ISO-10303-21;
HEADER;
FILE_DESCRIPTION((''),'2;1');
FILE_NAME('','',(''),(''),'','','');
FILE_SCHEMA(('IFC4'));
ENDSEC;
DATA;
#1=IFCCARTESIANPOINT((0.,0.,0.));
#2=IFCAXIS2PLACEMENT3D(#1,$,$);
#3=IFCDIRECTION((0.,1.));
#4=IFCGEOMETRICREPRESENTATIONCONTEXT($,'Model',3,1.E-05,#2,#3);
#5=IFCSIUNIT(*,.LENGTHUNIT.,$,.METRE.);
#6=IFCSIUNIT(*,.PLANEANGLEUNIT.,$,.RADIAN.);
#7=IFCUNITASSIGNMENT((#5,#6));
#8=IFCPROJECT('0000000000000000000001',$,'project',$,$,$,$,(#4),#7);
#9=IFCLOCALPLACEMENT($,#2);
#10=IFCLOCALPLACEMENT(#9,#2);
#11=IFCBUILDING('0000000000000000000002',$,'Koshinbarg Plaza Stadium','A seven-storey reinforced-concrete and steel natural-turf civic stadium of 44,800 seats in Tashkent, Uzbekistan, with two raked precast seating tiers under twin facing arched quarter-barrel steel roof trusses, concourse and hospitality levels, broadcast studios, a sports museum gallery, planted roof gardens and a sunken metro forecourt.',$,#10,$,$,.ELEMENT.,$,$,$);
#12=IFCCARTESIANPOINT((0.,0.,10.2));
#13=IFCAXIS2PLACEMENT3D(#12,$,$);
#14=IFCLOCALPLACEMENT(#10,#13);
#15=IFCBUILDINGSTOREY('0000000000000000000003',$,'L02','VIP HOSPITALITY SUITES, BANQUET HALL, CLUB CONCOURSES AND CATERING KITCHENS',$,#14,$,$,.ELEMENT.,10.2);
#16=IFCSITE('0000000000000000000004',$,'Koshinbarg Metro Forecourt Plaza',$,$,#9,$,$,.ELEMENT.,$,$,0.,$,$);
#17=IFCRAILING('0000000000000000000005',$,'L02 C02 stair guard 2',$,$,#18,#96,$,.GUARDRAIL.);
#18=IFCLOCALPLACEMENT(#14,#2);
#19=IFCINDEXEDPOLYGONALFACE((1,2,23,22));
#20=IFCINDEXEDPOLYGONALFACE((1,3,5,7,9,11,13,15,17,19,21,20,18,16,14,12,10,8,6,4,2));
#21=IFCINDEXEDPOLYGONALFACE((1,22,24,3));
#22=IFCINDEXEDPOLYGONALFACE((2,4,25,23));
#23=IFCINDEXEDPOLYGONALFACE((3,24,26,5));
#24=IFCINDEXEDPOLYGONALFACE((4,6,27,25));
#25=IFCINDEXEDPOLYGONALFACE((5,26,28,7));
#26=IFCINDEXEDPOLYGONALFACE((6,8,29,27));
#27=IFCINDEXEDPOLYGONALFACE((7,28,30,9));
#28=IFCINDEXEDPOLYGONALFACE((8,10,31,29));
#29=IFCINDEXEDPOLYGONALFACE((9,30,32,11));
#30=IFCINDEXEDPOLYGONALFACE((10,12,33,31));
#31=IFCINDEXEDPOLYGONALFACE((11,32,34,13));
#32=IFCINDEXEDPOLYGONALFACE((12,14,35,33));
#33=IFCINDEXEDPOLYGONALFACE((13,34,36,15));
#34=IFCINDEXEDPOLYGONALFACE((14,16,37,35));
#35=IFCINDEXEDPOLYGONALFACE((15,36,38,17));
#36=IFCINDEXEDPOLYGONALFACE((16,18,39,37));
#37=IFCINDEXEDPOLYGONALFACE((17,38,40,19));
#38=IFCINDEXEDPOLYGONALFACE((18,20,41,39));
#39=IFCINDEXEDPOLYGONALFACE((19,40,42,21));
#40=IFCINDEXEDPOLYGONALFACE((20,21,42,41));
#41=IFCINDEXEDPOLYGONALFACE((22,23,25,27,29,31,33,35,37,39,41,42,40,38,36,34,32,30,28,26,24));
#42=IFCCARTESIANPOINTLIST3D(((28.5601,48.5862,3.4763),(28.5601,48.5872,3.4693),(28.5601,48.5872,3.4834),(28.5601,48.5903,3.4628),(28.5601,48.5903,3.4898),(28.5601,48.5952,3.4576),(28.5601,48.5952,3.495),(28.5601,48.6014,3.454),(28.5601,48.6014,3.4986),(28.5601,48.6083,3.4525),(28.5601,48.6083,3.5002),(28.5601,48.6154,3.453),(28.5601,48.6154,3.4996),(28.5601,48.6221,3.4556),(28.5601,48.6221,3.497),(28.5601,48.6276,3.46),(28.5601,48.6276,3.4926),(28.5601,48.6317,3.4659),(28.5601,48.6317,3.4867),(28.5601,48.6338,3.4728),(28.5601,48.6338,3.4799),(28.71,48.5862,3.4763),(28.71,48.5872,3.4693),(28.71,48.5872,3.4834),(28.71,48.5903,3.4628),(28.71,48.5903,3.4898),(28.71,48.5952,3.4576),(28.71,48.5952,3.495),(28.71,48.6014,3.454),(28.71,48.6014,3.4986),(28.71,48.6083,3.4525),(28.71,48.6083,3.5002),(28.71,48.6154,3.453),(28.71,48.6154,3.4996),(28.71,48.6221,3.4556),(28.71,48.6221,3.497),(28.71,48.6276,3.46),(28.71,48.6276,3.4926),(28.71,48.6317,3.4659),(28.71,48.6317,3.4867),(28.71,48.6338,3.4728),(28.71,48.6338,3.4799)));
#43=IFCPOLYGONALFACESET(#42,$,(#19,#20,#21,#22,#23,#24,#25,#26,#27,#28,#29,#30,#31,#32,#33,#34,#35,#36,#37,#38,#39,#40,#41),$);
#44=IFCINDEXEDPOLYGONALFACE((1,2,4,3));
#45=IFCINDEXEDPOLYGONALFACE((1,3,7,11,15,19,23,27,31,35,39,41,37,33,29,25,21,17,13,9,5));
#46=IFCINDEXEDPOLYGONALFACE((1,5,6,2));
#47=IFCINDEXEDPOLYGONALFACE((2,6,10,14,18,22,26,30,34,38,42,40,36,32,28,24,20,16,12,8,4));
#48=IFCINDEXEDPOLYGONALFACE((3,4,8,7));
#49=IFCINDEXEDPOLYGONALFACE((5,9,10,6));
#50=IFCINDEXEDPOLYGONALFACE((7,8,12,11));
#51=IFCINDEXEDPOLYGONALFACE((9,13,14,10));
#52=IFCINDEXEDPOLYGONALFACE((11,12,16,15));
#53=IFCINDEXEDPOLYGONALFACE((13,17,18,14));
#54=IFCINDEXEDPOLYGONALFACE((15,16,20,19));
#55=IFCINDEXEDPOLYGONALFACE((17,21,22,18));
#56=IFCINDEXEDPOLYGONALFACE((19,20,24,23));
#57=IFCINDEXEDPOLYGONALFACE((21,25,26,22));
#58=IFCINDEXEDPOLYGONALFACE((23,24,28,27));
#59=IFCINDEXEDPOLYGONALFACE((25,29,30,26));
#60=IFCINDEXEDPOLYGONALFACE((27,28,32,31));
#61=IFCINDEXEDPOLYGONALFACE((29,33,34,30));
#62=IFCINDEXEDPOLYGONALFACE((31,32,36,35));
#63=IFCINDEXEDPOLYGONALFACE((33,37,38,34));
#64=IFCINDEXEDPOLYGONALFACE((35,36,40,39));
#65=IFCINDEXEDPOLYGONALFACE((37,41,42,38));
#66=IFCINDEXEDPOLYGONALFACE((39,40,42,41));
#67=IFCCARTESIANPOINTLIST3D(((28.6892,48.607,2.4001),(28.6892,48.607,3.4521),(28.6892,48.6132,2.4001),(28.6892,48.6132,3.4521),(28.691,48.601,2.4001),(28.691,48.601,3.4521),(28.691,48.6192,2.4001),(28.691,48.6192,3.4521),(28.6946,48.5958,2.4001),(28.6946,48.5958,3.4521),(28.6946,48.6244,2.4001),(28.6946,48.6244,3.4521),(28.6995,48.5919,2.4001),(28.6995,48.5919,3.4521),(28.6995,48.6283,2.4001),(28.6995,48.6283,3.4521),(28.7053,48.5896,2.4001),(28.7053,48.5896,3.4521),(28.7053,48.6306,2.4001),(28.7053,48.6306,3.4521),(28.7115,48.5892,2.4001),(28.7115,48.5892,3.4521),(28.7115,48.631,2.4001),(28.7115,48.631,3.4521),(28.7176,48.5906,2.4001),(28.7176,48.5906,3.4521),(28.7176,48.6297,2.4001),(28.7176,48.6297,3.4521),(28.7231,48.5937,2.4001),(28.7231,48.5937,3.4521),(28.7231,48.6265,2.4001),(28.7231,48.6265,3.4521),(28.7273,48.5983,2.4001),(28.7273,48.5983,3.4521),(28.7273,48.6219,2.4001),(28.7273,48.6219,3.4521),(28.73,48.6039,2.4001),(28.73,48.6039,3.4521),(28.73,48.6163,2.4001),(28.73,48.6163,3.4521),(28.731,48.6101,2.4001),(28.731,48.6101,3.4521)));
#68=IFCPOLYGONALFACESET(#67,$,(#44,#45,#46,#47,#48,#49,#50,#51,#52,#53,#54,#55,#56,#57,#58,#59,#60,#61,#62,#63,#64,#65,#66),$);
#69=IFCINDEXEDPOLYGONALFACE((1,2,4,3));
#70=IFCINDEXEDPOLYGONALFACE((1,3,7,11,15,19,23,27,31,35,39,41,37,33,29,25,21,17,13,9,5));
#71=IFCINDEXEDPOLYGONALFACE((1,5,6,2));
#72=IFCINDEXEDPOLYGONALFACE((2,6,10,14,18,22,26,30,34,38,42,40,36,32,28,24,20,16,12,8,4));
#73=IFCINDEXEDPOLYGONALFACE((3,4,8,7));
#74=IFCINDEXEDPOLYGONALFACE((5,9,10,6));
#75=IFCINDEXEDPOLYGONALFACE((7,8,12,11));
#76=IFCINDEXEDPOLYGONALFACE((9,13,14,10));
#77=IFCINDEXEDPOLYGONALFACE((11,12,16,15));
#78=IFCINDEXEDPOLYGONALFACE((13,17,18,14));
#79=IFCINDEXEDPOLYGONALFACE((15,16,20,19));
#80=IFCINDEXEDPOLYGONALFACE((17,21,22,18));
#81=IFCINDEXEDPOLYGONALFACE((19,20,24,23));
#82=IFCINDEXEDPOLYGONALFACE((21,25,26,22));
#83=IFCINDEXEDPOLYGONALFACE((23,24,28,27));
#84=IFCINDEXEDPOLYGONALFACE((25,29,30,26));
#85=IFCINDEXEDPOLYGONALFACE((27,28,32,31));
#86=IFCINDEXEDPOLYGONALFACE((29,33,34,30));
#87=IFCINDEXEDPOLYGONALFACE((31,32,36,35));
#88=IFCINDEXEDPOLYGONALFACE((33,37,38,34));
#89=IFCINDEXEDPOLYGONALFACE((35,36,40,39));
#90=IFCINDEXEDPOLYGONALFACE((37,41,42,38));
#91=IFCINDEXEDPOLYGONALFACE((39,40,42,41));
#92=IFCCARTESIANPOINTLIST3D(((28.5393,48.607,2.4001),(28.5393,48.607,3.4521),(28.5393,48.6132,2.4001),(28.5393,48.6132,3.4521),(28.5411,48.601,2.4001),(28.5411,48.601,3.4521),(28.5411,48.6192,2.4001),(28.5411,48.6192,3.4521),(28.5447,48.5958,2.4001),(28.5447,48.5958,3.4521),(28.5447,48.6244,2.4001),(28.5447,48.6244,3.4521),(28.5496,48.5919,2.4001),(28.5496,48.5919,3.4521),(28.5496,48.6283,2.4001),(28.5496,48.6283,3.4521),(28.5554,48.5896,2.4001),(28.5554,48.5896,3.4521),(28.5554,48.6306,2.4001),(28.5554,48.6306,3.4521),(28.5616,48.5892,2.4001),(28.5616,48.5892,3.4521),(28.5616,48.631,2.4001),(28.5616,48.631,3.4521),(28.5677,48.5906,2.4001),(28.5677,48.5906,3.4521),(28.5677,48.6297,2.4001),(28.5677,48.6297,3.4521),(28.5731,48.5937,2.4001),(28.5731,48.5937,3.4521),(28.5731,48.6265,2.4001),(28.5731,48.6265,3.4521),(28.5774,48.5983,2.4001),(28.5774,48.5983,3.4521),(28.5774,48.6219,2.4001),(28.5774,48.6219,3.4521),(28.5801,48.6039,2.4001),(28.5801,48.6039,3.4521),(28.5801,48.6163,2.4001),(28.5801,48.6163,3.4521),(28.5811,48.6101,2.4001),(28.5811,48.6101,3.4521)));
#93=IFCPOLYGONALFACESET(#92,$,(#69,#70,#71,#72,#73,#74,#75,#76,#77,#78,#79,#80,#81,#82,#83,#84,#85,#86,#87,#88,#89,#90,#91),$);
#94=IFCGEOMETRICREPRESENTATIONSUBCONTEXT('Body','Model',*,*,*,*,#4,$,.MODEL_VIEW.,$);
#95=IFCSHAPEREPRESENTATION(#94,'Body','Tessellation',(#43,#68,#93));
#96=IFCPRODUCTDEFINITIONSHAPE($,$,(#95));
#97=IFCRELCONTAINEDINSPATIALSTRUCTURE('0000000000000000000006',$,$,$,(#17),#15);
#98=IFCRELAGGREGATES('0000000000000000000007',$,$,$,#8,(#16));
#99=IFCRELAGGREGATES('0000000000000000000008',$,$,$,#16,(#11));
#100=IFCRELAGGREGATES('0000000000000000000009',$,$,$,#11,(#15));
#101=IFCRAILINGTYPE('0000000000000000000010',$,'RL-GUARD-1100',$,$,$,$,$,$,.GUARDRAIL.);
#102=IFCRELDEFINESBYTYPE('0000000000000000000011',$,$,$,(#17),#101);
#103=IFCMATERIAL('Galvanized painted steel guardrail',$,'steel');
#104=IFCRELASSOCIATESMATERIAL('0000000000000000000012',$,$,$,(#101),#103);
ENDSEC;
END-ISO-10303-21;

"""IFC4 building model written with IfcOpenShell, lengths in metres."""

from ifc_helpers import new_model, si_unit, direction, frame, origin, origin_2d, place, context, subcontext, project, spatial, circle, extrude, material, type_object, element, save


model = new_model("IFC4")

# Units and contexts
model_context = context("Model", 3, precision=1e-05, world=origin(), true_north=direction((0.0, 1.0)))
body_context = subcontext(model_context, "Body", "Model", "MODEL_VIEW")
ifc_project = project(units=[si_unit("LENGTHUNIT", "METRE"), si_unit("PLANEANGLEUNIT", "RADIAN")], contexts=[model_context])

# Site, building, storey
site_placement = place(None, origin())
site = spatial("IfcSite", under=ifc_project, at=site_placement, Name="Koshinbarg Metro Forecourt Plaza", CompositionType="ELEMENT", RefElevation=0.0)
building_placement = place(site_placement, origin())
building = spatial("IfcBuilding", under=site, at=building_placement, Name="Koshinbarg Plaza Stadium", Description="A seven-storey reinforced-concrete and steel natural-turf civic stadium of 44,800 seats in Tashkent, Uzbekistan, with two raked precast seating tiers under twin facing arched quarter-barrel steel roof trusses, concourse and hospitality levels, broadcast studios, a sports museum gallery, planted roof gardens and a sunken metro forecourt.", CompositionType="ELEMENT")
storey_placement = place(building_placement, frame((0.0, 0.0, 10.2)))
storey = spatial("IfcBuildingStorey", under=building, at=storey_placement, Name="L02", Description="VIP HOSPITALITY SUITES, BANQUET HALL, CLUB CONCOURSES AND CATERING KITCHENS", CompositionType="ELEMENT", Elevation=10.2)

# Railing
ifc_material_1 = material(Name="Galvanized painted steel guardrail", Category="steel")
railing_type_1 = type_object("IfcRailingType", Name="RL-GUARD-1100", PredefinedType="GUARDRAIL", material=ifc_material_1)
railing_1_placement = place(storey_placement, frame((28.71, 48.6101, 2.4001)))
element("IfcRailing", 1, at=railing_1_placement, inside=storey, type_object=railing_type_1, Name="L02 C02 stair guard 2", PredefinedType="GUARDRAIL", context=body_context, shape_type="SweptSolid", body=[
    extrude(circle(Radius=0.0239, at=origin_2d()), frame((0.0, 0.0, 1.0762), z_axis=(-1.0, 0.0, 0.0), x_axis=(0.0, -1.0, 0.0)), (0.0, 0.0, 1.0), 0.1499),
    extrude(circle(Radius=0.021, at=origin_2d()), origin(), (0.0, 0.0, 1.0), 1.052),
    extrude(circle(Radius=0.021, at=origin_2d()), frame((-0.1499, 0.0, 0.0)), (0.0, 0.0, 1.0), 1.052),
])

save(model, "model.ifc")
